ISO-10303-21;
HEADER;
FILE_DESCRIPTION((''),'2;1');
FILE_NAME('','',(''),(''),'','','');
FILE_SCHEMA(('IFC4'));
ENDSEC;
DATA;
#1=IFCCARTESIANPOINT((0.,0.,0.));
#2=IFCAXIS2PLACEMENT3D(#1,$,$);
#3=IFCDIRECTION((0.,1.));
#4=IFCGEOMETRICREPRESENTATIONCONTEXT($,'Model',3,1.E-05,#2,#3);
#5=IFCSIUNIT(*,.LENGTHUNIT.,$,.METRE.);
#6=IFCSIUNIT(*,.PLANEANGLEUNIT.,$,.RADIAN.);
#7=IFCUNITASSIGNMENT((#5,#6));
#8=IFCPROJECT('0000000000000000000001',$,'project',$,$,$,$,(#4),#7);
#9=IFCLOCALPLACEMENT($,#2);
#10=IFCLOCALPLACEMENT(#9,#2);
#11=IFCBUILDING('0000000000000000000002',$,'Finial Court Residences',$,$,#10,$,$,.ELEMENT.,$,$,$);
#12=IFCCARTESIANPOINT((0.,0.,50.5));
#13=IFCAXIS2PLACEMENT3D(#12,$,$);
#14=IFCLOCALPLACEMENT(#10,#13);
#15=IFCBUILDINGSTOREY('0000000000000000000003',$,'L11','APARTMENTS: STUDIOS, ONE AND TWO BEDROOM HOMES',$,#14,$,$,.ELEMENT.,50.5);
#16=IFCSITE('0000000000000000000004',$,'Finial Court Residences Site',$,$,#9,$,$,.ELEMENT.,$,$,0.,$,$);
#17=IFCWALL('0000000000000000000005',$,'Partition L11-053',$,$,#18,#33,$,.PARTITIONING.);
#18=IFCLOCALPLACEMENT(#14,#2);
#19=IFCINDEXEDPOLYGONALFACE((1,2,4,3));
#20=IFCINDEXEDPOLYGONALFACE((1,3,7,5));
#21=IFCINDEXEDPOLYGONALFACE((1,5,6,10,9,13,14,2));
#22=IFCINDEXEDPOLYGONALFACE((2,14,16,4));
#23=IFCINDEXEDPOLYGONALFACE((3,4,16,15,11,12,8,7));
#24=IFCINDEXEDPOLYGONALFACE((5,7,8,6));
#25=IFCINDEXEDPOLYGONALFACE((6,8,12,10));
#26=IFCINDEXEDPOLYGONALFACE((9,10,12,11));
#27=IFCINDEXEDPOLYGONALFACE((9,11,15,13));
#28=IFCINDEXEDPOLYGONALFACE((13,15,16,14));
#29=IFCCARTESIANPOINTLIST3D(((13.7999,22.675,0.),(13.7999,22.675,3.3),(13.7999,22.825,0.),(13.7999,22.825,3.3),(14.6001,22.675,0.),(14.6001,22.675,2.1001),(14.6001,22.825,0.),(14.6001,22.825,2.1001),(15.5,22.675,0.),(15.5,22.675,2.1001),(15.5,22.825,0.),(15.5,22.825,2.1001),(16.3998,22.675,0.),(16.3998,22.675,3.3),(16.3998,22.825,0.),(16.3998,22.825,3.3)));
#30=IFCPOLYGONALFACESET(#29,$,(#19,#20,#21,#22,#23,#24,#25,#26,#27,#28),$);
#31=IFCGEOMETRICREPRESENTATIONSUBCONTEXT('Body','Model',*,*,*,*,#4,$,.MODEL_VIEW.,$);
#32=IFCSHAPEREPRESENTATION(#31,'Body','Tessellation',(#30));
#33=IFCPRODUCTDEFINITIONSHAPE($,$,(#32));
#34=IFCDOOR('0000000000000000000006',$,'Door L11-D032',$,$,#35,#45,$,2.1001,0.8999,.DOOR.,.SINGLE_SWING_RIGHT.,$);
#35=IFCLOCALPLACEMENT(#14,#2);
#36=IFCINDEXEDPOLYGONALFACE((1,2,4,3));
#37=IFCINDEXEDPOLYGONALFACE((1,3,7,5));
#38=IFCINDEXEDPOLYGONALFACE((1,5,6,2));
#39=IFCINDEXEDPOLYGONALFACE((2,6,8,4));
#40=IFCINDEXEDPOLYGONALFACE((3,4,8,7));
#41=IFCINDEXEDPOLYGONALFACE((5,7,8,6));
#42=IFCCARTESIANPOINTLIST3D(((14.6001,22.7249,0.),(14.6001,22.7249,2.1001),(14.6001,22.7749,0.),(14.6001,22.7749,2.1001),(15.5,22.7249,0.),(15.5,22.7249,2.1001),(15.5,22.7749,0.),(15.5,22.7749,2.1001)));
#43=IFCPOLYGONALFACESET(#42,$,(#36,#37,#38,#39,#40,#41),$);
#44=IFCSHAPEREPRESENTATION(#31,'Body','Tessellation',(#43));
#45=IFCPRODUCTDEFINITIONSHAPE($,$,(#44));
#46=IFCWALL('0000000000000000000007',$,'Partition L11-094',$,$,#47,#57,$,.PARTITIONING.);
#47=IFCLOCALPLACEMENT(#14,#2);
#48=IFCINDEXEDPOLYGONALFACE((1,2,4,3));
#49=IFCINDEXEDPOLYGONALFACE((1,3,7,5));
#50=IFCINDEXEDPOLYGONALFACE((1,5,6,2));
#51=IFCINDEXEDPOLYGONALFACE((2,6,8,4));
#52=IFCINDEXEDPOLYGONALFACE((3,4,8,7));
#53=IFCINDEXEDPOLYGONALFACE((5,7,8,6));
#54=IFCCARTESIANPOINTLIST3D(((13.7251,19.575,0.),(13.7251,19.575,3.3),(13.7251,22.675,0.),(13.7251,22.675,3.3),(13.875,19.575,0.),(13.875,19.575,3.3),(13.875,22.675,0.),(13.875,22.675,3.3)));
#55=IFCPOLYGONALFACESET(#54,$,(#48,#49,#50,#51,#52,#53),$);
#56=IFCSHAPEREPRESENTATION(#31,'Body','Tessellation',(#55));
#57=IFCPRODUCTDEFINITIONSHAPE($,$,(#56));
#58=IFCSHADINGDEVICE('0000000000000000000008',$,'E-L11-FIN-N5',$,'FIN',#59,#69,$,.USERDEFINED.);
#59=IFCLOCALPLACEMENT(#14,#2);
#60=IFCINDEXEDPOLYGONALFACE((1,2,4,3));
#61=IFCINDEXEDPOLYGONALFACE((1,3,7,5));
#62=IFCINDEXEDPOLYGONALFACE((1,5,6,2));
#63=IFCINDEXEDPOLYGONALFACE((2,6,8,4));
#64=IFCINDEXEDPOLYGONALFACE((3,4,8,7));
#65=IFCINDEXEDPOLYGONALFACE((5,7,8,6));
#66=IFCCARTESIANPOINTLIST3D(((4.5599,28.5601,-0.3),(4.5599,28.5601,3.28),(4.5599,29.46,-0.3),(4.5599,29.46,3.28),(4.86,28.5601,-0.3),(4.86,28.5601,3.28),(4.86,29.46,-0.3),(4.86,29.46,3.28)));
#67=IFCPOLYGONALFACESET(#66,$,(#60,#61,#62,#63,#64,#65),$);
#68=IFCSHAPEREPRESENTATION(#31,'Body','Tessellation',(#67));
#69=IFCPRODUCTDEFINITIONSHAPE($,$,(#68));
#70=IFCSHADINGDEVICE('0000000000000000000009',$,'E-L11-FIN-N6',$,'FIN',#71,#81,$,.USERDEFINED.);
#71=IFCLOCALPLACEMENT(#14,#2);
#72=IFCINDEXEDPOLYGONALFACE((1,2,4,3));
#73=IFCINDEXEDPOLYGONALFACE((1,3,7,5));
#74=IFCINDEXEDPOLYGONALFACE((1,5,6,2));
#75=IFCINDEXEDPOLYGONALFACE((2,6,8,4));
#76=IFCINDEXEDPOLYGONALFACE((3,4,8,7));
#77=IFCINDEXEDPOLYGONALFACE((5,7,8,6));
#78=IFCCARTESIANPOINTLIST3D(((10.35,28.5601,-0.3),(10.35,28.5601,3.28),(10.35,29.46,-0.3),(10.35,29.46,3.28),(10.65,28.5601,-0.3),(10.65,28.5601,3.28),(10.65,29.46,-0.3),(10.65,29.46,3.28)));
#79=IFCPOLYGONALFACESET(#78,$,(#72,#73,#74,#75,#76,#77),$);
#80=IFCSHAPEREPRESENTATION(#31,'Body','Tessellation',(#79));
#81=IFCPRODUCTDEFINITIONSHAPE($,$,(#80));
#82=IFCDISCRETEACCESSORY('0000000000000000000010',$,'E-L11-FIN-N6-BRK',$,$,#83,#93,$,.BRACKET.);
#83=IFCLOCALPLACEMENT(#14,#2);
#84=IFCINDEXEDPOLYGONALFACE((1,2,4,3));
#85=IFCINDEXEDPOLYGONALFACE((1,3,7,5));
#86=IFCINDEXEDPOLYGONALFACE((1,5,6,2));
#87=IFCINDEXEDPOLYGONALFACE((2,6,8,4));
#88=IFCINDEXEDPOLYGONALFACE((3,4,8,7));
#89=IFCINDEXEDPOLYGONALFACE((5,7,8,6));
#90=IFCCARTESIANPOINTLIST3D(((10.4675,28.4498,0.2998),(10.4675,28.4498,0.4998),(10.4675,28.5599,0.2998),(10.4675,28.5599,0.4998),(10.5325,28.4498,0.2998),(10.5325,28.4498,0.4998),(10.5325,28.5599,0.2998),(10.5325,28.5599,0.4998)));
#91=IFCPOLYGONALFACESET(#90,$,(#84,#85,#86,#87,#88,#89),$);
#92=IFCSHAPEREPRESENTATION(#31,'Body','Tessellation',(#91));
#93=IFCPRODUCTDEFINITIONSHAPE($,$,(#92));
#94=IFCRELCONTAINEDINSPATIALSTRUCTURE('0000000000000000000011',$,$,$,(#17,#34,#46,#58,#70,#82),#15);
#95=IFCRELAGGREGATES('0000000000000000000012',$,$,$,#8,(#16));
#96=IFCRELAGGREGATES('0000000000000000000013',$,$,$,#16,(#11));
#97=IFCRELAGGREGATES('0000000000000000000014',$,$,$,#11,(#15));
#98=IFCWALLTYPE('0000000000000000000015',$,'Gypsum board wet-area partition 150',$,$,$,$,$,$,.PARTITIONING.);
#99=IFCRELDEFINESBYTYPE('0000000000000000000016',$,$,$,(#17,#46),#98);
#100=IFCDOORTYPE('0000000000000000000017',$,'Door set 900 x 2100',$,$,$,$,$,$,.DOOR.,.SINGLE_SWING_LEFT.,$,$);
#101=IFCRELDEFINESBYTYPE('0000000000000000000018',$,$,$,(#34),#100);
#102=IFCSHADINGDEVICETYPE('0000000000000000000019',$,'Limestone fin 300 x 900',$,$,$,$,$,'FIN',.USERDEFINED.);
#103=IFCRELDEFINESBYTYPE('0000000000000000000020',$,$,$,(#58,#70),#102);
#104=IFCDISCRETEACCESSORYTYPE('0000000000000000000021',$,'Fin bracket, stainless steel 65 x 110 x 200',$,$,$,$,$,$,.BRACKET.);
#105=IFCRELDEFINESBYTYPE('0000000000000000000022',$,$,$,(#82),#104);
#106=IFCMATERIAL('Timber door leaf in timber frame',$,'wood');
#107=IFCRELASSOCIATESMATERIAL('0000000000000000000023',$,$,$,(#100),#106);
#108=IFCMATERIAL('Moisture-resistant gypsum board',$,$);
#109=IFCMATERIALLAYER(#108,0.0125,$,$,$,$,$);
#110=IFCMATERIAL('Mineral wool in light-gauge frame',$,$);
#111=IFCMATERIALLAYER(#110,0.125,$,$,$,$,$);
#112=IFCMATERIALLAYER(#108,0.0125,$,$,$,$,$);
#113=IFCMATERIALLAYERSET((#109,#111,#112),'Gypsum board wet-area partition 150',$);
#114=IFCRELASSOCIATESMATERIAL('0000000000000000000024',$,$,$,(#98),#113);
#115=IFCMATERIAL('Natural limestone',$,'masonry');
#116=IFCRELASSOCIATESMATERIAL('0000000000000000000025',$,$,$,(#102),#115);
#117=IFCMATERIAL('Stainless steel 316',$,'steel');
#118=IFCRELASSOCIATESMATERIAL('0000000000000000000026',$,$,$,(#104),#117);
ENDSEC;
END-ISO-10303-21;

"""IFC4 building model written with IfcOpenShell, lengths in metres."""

from ifc_helpers import new_model, si_unit, direction, frame, frame_2d, origin, origin_2d, place, context, subcontext, project, spatial, rectangle, extrude, material, layer, layer_set, type_object, element, fill, save


model = new_model("IFC4")

# Units and contexts
model_context = context("Model", 3, precision=1e-05, world=origin(), true_north=direction((0.0, 1.0)))
body_context = subcontext(model_context, "Body", "Model", "MODEL_VIEW")
ifc_project = project(units=[si_unit("LENGTHUNIT", "METRE"), si_unit("PLANEANGLEUNIT", "RADIAN")], contexts=[model_context])

# Site, building, storey
site_placement = place(None, origin())
site = spatial("IfcSite", under=ifc_project, at=site_placement, Name="Finial Court Residences Site", CompositionType="ELEMENT", RefElevation=0.0)
building_placement = place(site_placement, origin())
building = spatial("IfcBuilding", under=site, at=building_placement, Name="Finial Court Residences", CompositionType="ELEMENT")
storey_placement = place(building_placement, frame((0.0, 0.0, 50.5)))
storey = spatial("IfcBuildingStorey", under=building, at=storey_placement, Name="L11", Description="APARTMENTS: STUDIOS, ONE AND TWO BEDROOM HOMES", CompositionType="ELEMENT", Elevation=50.5)

# Shared definitions
ifc_material_1 = material(Name="Mineral wool in light-gauge frame")
ifc_material_2 = material(Name="Timber door leaf in timber frame", Category="wood")
door_type = type_object("IfcDoorType", Name="Door set 900 x 2100", OperationType="SINGLE_SWING_LEFT", PredefinedType="DOOR", material=ifc_material_2)

# Shared definitions
ifc_material_3 = material(Name="Moisture-resistant gypsum board")
ifc_layer_1 = layer(ifc_material_3, 0.0125)
ifc_layer_2 = layer(ifc_material_1, 0.125)
ifc_layer_3 = layer(ifc_material_3, 0.0125)
ifc_layer_set_1 = layer_set([ifc_layer_1, ifc_layer_2, ifc_layer_3], Name="Gypsum board wet-area partition 150")
wall_type_1 = type_object("IfcWallType", Name="Gypsum board wet-area partition 150", PredefinedType="PARTITIONING", material=ifc_layer_set_1)

# Wall, opening, door
wall_1_placement = place(storey_placement, frame((13.8, 22.75, 0.0), z_axis=(0.0, 0.0, 1.0), x_axis=(1.0, 0.0, 0.0)))
wall_1 = element("IfcWall", 1, at=wall_1_placement, inside=storey, type_object=wall_type_1, Name="Partition L11-053", PredefinedType="PARTITIONING", context=body_context, shape_type="SweptSolid", body=[
    extrude(rectangle(XDim=2.5999, YDim=0.1499, at=frame_2d((1.2998, 0.0))), origin(), (0.0, 0.0, 1.0), 3.3),
])
opening_1_placement = place(wall_1_placement, frame((0.8, 0.0, 0.0)))
opening_1 = element("IfcOpeningElement", 2, at=opening_1_placement, cuts=wall_1, PredefinedType="OPENING", context=body_context, shape_type="SweptSolid", body=[
    extrude(rectangle(XDim=0.8999, YDim=2.1001, at=frame_2d((0.45, 1.05))), frame((0.0, 0.085, 0.0), z_axis=(0.0, -1.0, 0.0), x_axis=(1.0, 0.0, 0.0)), (0.0, 0.0, 1.0), 0.1699),
])
door_1_placement = place(opening_1_placement, origin())
door_1 = element("IfcDoor", 3, at=door_1_placement, inside=storey, type_object=door_type, Name="Door L11-D032", OperationType="SINGLE_SWING_RIGHT", OverallHeight=2.1001, OverallWidth=0.8999, PredefinedType="DOOR", context=body_context, shape_type="SweptSolid", body=[
    extrude(rectangle(XDim=0.8999, YDim=2.1001, at=frame_2d((0.45, 1.05))), frame((0.0, 0.0249, 0.0), z_axis=(0.0, -1.0, 0.0), x_axis=(1.0, 0.0, 0.0)), (0.0, 0.0, 1.0), 0.05),
])
fill(opening_1, door_1)

# Wall
wall_2_placement = place(storey_placement, frame((13.8, 19.575, 0.0), z_axis=(0.0, 0.0, 1.0), x_axis=(0.0, 1.0, 0.0)))
element("IfcWall", 4, at=wall_2_placement, inside=storey, type_object=wall_type_1, Name="Partition L11-094", PredefinedType="PARTITIONING", context=body_context, shape_type="SweptSolid", body=[
    extrude(rectangle(XDim=3.1001, YDim=0.1499, at=frame_2d((1.55, 0.0))), origin(), (0.0, 0.0, 1.0), 3.3),
])

# Shading devices
ifc_material_4 = material(Name="Natural limestone", Category="masonry")
shading_device_type = type_object("IfcShadingDeviceType", Name="Limestone fin 300 x 900", ElementType="FIN", PredefinedType="USERDEFINED", material=ifc_material_4)
for number, where, z_axis, x_axis, name in (
    (5, (4.71, 29.01, -0.3), (0.0, 0.0, 1.0), (1.0, 0.0, 0.0), "E-L11-FIN-N5"),
    (6, (10.5, 29.01, -0.3), (0.0, 0.0, 1.0), (1.0, 0.0, 0.0), "E-L11-FIN-N6"),
):
    element("IfcShadingDevice", number, at=place(storey_placement, frame(where, z_axis=z_axis, x_axis=x_axis)), inside=storey, type_object=shading_device_type, Name=name, ObjectType="FIN", PredefinedType="USERDEFINED", context=body_context, shape_type="SweptSolid", body=[
        extrude(rectangle(XDim=0.3, YDim=0.8999, at=origin_2d()), origin(), (0.0, 0.0, 1.0), 3.5801),
    ])

# Discrete accessory
ifc_material_5 = material(Name="Stainless steel 316", Category="steel")
discrete_accessory_type = type_object("IfcDiscreteAccessoryType", Name="Fin bracket, stainless steel 65 x 110 x 200", PredefinedType="BRACKET", material=ifc_material_5)
discrete_accessory_placement = place(storey_placement, frame((10.5, 28.5049, 0.2998), z_axis=(0.0, 0.0, 1.0), x_axis=(1.0, 0.0, 0.0)))
element("IfcDiscreteAccessory", 7, at=discrete_accessory_placement, inside=storey, type_object=discrete_accessory_type, Name="E-L11-FIN-N6-BRK", PredefinedType="BRACKET", context=body_context, shape_type="SweptSolid", body=[
    extrude(rectangle(XDim=0.0649, YDim=0.1101, at=origin_2d()), origin(), (0.0, 0.0, 1.0), 0.2),
])

save(model, "model.ifc")
